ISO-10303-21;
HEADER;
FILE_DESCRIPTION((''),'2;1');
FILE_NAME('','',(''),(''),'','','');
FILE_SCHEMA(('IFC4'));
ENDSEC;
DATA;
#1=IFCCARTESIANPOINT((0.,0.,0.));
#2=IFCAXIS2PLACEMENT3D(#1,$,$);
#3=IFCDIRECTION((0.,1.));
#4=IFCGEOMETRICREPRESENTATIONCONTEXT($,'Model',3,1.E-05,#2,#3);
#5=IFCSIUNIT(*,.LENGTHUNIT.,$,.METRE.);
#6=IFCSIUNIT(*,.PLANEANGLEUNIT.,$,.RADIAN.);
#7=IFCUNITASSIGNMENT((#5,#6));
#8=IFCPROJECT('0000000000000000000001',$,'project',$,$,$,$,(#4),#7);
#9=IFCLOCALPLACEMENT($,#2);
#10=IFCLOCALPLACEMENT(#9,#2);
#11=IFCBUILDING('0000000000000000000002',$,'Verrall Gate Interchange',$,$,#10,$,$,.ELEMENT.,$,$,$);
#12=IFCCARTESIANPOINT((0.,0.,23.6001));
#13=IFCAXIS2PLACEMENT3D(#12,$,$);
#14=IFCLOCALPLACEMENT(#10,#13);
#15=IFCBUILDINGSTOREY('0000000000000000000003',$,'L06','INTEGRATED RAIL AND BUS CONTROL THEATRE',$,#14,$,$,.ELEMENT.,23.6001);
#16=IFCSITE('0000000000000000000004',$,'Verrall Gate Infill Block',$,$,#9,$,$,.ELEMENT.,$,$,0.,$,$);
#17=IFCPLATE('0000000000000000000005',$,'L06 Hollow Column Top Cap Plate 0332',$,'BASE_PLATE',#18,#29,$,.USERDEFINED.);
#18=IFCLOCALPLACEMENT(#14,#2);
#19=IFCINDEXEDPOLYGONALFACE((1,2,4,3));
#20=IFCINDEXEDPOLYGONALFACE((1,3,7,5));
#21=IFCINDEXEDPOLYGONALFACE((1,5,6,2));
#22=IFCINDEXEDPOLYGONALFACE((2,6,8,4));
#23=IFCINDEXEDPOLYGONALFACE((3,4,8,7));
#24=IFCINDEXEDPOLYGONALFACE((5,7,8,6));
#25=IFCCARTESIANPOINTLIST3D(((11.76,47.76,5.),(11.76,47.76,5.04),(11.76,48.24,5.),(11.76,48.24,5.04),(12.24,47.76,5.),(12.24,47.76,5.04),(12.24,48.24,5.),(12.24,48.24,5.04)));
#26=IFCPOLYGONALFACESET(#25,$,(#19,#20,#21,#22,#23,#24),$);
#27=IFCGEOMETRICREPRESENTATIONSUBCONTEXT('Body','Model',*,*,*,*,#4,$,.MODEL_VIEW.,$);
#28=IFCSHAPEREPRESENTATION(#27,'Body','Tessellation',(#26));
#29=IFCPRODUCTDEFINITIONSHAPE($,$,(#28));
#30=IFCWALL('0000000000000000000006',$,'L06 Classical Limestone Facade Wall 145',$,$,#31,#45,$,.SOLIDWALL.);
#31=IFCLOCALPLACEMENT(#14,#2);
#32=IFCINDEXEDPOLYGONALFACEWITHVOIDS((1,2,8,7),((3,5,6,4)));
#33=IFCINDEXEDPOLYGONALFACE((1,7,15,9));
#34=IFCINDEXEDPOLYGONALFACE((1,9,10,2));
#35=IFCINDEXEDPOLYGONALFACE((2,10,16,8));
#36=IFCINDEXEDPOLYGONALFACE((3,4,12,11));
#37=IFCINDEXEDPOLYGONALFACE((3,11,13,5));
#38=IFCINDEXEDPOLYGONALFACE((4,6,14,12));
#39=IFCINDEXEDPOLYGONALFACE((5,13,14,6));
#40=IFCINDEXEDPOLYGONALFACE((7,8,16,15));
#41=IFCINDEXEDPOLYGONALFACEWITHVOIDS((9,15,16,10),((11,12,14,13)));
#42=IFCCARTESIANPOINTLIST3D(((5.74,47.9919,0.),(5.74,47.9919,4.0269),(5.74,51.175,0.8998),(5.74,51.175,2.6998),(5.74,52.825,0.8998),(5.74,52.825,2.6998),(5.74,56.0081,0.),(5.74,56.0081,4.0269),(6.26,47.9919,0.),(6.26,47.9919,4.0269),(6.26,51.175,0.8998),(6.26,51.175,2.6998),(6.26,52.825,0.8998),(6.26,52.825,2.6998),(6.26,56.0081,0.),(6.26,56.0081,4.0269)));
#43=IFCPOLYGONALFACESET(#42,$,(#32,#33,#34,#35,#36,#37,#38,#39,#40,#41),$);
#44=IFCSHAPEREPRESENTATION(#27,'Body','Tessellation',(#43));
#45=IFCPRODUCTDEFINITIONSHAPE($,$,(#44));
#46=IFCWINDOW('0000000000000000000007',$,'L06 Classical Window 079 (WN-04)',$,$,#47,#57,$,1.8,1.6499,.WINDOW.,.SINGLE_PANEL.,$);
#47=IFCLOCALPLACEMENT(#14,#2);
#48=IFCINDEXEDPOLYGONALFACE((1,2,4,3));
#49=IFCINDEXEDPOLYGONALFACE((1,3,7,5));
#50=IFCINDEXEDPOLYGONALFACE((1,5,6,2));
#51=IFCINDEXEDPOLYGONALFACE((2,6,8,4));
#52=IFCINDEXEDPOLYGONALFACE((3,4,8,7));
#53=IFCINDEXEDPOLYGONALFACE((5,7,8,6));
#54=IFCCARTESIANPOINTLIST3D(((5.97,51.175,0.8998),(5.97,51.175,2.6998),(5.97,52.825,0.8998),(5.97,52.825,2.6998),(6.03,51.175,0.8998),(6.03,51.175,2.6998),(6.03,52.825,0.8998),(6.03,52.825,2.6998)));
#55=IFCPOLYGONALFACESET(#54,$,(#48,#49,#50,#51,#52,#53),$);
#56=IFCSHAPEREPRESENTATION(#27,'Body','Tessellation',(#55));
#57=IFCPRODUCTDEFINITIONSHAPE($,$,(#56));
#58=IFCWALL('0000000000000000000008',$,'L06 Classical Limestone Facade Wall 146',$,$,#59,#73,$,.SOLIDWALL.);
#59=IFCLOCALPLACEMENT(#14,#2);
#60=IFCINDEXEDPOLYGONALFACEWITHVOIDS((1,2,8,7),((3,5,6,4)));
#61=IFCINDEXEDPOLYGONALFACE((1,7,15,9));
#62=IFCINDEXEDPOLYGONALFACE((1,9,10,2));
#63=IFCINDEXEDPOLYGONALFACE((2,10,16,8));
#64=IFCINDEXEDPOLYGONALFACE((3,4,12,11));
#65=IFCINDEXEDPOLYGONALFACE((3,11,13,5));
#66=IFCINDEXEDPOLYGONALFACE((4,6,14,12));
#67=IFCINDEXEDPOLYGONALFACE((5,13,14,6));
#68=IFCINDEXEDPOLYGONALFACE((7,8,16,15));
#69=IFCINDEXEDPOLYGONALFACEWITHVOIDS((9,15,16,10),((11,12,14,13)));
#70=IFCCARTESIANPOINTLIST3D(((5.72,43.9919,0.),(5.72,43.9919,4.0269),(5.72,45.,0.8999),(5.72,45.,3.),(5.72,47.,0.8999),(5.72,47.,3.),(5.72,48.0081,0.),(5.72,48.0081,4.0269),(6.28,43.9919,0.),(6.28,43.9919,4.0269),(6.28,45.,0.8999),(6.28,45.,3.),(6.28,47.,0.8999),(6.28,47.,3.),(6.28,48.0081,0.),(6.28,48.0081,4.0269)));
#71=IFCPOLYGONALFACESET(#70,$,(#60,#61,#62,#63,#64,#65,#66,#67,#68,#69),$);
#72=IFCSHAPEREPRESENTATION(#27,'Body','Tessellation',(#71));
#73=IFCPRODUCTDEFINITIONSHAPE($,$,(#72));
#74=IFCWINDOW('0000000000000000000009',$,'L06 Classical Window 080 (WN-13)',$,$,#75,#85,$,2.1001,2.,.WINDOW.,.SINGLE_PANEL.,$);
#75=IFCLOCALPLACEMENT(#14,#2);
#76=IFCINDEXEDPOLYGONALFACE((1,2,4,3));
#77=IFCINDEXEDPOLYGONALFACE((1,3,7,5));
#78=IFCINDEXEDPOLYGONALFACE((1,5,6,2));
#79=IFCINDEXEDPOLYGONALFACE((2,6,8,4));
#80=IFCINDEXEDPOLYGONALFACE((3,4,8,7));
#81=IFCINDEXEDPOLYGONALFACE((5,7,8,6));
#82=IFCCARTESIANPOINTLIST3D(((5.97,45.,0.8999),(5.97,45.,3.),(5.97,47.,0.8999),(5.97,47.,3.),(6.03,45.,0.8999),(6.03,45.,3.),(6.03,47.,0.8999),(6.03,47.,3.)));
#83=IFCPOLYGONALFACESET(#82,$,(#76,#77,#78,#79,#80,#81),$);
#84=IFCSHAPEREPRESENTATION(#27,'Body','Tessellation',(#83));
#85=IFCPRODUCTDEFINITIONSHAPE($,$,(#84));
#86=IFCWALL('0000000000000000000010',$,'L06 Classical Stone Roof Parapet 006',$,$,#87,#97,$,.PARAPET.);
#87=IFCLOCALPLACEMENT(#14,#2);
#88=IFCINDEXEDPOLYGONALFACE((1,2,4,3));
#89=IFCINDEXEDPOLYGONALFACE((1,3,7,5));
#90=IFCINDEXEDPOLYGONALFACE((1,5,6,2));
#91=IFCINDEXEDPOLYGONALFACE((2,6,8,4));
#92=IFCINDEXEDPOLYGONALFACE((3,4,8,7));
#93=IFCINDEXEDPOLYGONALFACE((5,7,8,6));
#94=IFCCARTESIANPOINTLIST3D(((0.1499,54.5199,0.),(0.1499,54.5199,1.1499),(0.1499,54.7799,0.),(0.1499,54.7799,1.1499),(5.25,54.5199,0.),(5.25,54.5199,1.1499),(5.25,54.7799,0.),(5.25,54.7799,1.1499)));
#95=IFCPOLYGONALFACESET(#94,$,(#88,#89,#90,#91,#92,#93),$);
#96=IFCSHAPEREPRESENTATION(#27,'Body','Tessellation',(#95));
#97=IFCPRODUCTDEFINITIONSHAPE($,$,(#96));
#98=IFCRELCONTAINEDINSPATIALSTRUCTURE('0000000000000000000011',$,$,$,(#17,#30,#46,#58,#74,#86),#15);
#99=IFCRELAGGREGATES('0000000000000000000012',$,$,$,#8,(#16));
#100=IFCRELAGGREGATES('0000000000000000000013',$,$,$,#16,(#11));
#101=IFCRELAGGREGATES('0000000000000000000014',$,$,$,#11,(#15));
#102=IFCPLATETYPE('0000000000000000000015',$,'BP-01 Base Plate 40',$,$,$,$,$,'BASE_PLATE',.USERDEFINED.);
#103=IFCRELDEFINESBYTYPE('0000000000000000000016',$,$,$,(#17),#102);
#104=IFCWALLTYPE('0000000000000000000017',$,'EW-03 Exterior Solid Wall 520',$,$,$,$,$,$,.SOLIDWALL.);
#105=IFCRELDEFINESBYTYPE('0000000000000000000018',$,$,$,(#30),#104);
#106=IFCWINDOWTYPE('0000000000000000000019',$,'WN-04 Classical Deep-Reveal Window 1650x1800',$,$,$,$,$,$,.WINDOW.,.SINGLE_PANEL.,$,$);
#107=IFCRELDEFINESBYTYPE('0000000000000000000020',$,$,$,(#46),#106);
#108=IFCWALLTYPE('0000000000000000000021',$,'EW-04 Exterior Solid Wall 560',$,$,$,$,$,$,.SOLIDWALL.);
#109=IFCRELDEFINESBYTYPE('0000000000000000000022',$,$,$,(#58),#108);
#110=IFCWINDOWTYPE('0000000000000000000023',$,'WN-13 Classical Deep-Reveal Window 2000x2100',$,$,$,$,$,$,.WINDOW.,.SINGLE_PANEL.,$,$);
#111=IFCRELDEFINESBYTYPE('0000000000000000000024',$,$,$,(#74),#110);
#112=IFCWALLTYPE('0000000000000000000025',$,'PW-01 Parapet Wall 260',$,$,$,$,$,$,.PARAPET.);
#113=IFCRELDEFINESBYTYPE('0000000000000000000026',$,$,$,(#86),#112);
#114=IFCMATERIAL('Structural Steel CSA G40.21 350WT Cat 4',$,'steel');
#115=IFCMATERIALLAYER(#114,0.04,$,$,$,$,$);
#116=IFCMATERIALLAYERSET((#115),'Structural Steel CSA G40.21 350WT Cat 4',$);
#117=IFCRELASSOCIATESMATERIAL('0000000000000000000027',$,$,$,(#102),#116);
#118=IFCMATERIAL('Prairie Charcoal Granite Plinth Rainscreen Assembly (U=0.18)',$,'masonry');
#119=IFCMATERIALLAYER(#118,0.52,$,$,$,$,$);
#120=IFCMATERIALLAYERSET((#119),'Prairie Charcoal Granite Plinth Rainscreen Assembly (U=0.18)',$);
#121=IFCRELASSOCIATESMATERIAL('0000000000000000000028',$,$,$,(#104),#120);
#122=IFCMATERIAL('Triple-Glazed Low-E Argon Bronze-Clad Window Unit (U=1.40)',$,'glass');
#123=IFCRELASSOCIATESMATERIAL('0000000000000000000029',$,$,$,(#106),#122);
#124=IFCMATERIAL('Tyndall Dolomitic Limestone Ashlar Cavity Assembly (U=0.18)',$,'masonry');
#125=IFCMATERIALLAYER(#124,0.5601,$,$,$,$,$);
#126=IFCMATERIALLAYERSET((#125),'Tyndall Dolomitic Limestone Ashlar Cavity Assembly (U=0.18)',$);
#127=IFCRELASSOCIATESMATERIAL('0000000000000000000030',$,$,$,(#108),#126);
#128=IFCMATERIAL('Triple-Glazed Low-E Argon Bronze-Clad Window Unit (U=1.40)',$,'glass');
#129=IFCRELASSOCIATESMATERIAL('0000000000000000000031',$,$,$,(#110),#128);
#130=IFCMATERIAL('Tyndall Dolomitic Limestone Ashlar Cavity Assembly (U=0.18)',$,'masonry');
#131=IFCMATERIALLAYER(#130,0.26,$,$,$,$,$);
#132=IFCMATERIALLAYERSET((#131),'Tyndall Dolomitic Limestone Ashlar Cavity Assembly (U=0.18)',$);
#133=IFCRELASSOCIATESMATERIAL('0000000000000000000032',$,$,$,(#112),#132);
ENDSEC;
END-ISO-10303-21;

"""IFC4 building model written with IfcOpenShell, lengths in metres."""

from ifc_helpers import new_model, si_unit, direction, frame, frame_2d, origin, origin_2d, place, context, subcontext, project, spatial, rectangle, extrude, material, layer, layer_set, type_object, element, fill, save


model = new_model("IFC4")

# Units and contexts
model_context = context("Model", 3, precision=1e-05, world=origin(), true_north=direction((0.0, 1.0)))
body_context = subcontext(model_context, "Body", "Model", "MODEL_VIEW")
ifc_project = project(units=[si_unit("LENGTHUNIT", "METRE"), si_unit("PLANEANGLEUNIT", "RADIAN")], contexts=[model_context])

# Site, building, storey
site_placement = place(None, origin())
site = spatial("IfcSite", under=ifc_project, at=site_placement, Name="Verrall Gate Infill Block", CompositionType="ELEMENT", RefElevation=0.0)
building_placement = place(site_placement, origin())
building = spatial("IfcBuilding", under=site, at=building_placement, Name="Verrall Gate Interchange", CompositionType="ELEMENT")
storey_placement = place(building_placement, frame((0.0, 0.0, 23.6001)))
storey = spatial("IfcBuildingStorey", under=building, at=storey_placement, Name="L06", Description="INTEGRATED RAIL AND BUS CONTROL THEATRE", CompositionType="ELEMENT", Elevation=23.6001)

# Plate
ifc_material_1 = material(Name="Structural Steel CSA G40.21 350WT Cat 4", Category="steel")
ifc_layer_1 = layer(ifc_material_1, 0.04)
ifc_layer_set_1 = layer_set([ifc_layer_1], Name="Structural Steel CSA G40.21 350WT Cat 4")
plate_type = type_object("IfcPlateType", Name="BP-01 Base Plate 40", ElementType="BASE_PLATE", PredefinedType="USERDEFINED", material=ifc_layer_set_1)
for number, where, z_axis, x_axis, name in (
    (1, (12.0, 48.0, 5.0), (0.0, 0.0, 1.0), (1.0, 0.0, 0.0), "L06 Hollow Column Top Cap Plate 0332"),
):
    element("IfcPlate", number, at=place(storey_placement, frame(where, z_axis=z_axis, x_axis=x_axis)), inside=storey, type_object=plate_type, Name=name, ObjectType="BASE_PLATE", PredefinedType="USERDEFINED", context=body_context, shape_type="SweptSolid", body=[
        extrude(rectangle(XDim=0.48, YDim=0.48, at=origin_2d()), origin(), (0.0, 0.0, 1.0), 0.04),
    ])

# Walls, openings, windows
ifc_material_2 = material(Name="Prairie Charcoal Granite Plinth Rainscreen Assembly (U=0.18)", Category="masonry")
ifc_layer_2 = layer(ifc_material_2, 0.52)
ifc_layer_set_2 = layer_set([ifc_layer_2], Name="Prairie Charcoal Granite Plinth Rainscreen Assembly (U=0.18)")
wall_type_1 = type_object("IfcWallType", Name="EW-03 Exterior Solid Wall 520", PredefinedType="SOLIDWALL", material=ifc_layer_set_2)
wall_1_placement = place(storey_placement, frame((6.0, 56.0081, 0.0), z_axis=(0.0, 0.0, 1.0), x_axis=(0.0, -1.0, 0.0)))
wall_1 = element("IfcWall", 2, at=wall_1_placement, inside=storey, type_object=wall_type_1, Name="L06 Classical Limestone Facade Wall 145", PredefinedType="SOLIDWALL", context=body_context, shape_type="SweptSolid", body=[
    extrude(rectangle(XDim=8.0161, YDim=0.52, at=frame_2d((4.0081, 0.0))), origin(), (0.0, 0.0, 1.0), 4.0269),
])
opening_1_placement = place(wall_1_placement, frame((3.1831, 0.0, 0.8999)))
opening_1 = element("IfcOpeningElement", 3, at=opening_1_placement, cuts=wall_1, PredefinedType="OPENING", context=body_context, shape_type="SweptSolid", body=[
    extrude(rectangle(XDim=1.6499, YDim=1.8, at=frame_2d((0.825, 0.8999))), frame((0.0, 0.2749, 0.0), z_axis=(0.0, -1.0, 0.0), x_axis=(1.0, 0.0, 0.0)), (0.0, 0.0, 1.0), 0.5498),
])
ifc_material_3 = material(Name="Triple-Glazed Low-E Argon Bronze-Clad Window Unit (U=1.40)", Category="glass")
window_type_1 = type_object("IfcWindowType", Name="WN-04 Classical Deep-Reveal Window 1650x1800", PartitioningType="SINGLE_PANEL", PredefinedType="WINDOW", material=ifc_material_3)
window_1_placement = place(opening_1_placement, origin())
window_1 = element("IfcWindow", 4, at=window_1_placement, inside=storey, type_object=window_type_1, Name="L06 Classical Window 079 (WN-04)", OverallHeight=1.8, OverallWidth=1.6499, PartitioningType="SINGLE_PANEL", PredefinedType="WINDOW", context=body_context, shape_type="SweptSolid", body=[
    extrude(rectangle(XDim=1.6499, YDim=1.8, at=frame_2d((0.825, 0.8999))), frame((0.0, 0.03, 0.0), z_axis=(0.0, -1.0, 0.0), x_axis=(1.0, 0.0, 0.0)), (0.0, 0.0, 1.0), 0.0601),
])
fill(opening_1, window_1)
ifc_material_4 = material(Name="Tyndall Dolomitic Limestone Ashlar Cavity Assembly (U=0.18)", Category="masonry")
ifc_layer_3 = layer(ifc_material_4, 0.5601)
ifc_layer_set_3 = layer_set([ifc_layer_3], Name="Tyndall Dolomitic Limestone Ashlar Cavity Assembly (U=0.18)")
wall_type_2 = type_object("IfcWallType", Name="EW-04 Exterior Solid Wall 560", PredefinedType="SOLIDWALL", material=ifc_layer_set_3)
wall_2_placement = place(storey_placement, frame((6.0, 48.0081, 0.0), z_axis=(0.0, 0.0, 1.0), x_axis=(0.0, -1.0, 0.0)))
wall_2 = element("IfcWall", 5, at=wall_2_placement, inside=storey, type_object=wall_type_2, Name="L06 Classical Limestone Facade Wall 146", PredefinedType="SOLIDWALL", context=body_context, shape_type="SweptSolid", body=[
    extrude(rectangle(XDim=4.0161, YDim=0.5601, at=frame_2d((2.0081, 0.0))), origin(), (0.0, 0.0, 1.0), 4.0269),
])
opening_2_placement = place(wall_2_placement, frame((1.0081, 0.0, 0.8999)))
opening_2 = element("IfcOpeningElement", 6, at=opening_2_placement, cuts=wall_2, PredefinedType="OPENING", context=body_context, shape_type="SweptSolid", body=[
    extrude(rectangle(XDim=2.0, YDim=2.1001, at=frame_2d((1.0, 1.05))), frame((0.0, 0.2949, 0.0), z_axis=(0.0, -1.0, 0.0), x_axis=(1.0, 0.0, 0.0)), (0.0, 0.0, 1.0), 0.5898),
])
ifc_material_5 = material(Name="Triple-Glazed Low-E Argon Bronze-Clad Window Unit (U=1.40)", Category="glass")
window_type_2 = type_object("IfcWindowType", Name="WN-13 Classical Deep-Reveal Window 2000x2100", PartitioningType="SINGLE_PANEL", PredefinedType="WINDOW", material=ifc_material_5)
window_2_placement = place(opening_2_placement, origin())
window_2 = element("IfcWindow", 7, at=window_2_placement, inside=storey, type_object=window_type_2, Name="L06 Classical Window 080 (WN-13)", OverallHeight=2.1001, OverallWidth=2.0, PartitioningType="SINGLE_PANEL", PredefinedType="WINDOW", context=body_context, shape_type="SweptSolid", body=[
    extrude(rectangle(XDim=2.0, YDim=2.1001, at=frame_2d((1.0, 1.05))), frame((0.0, 0.03, 0.0), z_axis=(0.0, -1.0, 0.0), x_axis=(1.0, 0.0, 0.0)), (0.0, 0.0, 1.0), 0.0601),
])
fill(opening_2, window_2)

# Wall
ifc_material_6 = material(Name="Tyndall Dolomitic Limestone Ashlar Cavity Assembly (U=0.18)", Category="masonry")
ifc_layer_4 = layer(ifc_material_6, 0.26)
ifc_layer_set_4 = layer_set([ifc_layer_4], Name="Tyndall Dolomitic Limestone Ashlar Cavity Assembly (U=0.18)")
wall_type_3 = type_object("IfcWallType", Name="PW-01 Parapet Wall 260", PredefinedType="PARAPET", material=ifc_layer_set_4)
wall_3_placement = place(storey_placement, frame((0.1499, 54.6499, 0.0), z_axis=(0.0, 0.0, 1.0), x_axis=(1.0, 0.0, 0.0)))
element("IfcWall", 8, at=wall_3_placement, inside=storey, type_object=wall_type_3, Name="L06 Classical Stone Roof Parapet 006", PredefinedType="PARAPET", context=body_context, shape_type="SweptSolid", body=[
    extrude(rectangle(XDim=5.1001, YDim=0.26, at=frame_2d((2.55, 0.0))), origin(), (0.0, 0.0, 1.0), 1.1499),
])

save(model, "model.ifc")
